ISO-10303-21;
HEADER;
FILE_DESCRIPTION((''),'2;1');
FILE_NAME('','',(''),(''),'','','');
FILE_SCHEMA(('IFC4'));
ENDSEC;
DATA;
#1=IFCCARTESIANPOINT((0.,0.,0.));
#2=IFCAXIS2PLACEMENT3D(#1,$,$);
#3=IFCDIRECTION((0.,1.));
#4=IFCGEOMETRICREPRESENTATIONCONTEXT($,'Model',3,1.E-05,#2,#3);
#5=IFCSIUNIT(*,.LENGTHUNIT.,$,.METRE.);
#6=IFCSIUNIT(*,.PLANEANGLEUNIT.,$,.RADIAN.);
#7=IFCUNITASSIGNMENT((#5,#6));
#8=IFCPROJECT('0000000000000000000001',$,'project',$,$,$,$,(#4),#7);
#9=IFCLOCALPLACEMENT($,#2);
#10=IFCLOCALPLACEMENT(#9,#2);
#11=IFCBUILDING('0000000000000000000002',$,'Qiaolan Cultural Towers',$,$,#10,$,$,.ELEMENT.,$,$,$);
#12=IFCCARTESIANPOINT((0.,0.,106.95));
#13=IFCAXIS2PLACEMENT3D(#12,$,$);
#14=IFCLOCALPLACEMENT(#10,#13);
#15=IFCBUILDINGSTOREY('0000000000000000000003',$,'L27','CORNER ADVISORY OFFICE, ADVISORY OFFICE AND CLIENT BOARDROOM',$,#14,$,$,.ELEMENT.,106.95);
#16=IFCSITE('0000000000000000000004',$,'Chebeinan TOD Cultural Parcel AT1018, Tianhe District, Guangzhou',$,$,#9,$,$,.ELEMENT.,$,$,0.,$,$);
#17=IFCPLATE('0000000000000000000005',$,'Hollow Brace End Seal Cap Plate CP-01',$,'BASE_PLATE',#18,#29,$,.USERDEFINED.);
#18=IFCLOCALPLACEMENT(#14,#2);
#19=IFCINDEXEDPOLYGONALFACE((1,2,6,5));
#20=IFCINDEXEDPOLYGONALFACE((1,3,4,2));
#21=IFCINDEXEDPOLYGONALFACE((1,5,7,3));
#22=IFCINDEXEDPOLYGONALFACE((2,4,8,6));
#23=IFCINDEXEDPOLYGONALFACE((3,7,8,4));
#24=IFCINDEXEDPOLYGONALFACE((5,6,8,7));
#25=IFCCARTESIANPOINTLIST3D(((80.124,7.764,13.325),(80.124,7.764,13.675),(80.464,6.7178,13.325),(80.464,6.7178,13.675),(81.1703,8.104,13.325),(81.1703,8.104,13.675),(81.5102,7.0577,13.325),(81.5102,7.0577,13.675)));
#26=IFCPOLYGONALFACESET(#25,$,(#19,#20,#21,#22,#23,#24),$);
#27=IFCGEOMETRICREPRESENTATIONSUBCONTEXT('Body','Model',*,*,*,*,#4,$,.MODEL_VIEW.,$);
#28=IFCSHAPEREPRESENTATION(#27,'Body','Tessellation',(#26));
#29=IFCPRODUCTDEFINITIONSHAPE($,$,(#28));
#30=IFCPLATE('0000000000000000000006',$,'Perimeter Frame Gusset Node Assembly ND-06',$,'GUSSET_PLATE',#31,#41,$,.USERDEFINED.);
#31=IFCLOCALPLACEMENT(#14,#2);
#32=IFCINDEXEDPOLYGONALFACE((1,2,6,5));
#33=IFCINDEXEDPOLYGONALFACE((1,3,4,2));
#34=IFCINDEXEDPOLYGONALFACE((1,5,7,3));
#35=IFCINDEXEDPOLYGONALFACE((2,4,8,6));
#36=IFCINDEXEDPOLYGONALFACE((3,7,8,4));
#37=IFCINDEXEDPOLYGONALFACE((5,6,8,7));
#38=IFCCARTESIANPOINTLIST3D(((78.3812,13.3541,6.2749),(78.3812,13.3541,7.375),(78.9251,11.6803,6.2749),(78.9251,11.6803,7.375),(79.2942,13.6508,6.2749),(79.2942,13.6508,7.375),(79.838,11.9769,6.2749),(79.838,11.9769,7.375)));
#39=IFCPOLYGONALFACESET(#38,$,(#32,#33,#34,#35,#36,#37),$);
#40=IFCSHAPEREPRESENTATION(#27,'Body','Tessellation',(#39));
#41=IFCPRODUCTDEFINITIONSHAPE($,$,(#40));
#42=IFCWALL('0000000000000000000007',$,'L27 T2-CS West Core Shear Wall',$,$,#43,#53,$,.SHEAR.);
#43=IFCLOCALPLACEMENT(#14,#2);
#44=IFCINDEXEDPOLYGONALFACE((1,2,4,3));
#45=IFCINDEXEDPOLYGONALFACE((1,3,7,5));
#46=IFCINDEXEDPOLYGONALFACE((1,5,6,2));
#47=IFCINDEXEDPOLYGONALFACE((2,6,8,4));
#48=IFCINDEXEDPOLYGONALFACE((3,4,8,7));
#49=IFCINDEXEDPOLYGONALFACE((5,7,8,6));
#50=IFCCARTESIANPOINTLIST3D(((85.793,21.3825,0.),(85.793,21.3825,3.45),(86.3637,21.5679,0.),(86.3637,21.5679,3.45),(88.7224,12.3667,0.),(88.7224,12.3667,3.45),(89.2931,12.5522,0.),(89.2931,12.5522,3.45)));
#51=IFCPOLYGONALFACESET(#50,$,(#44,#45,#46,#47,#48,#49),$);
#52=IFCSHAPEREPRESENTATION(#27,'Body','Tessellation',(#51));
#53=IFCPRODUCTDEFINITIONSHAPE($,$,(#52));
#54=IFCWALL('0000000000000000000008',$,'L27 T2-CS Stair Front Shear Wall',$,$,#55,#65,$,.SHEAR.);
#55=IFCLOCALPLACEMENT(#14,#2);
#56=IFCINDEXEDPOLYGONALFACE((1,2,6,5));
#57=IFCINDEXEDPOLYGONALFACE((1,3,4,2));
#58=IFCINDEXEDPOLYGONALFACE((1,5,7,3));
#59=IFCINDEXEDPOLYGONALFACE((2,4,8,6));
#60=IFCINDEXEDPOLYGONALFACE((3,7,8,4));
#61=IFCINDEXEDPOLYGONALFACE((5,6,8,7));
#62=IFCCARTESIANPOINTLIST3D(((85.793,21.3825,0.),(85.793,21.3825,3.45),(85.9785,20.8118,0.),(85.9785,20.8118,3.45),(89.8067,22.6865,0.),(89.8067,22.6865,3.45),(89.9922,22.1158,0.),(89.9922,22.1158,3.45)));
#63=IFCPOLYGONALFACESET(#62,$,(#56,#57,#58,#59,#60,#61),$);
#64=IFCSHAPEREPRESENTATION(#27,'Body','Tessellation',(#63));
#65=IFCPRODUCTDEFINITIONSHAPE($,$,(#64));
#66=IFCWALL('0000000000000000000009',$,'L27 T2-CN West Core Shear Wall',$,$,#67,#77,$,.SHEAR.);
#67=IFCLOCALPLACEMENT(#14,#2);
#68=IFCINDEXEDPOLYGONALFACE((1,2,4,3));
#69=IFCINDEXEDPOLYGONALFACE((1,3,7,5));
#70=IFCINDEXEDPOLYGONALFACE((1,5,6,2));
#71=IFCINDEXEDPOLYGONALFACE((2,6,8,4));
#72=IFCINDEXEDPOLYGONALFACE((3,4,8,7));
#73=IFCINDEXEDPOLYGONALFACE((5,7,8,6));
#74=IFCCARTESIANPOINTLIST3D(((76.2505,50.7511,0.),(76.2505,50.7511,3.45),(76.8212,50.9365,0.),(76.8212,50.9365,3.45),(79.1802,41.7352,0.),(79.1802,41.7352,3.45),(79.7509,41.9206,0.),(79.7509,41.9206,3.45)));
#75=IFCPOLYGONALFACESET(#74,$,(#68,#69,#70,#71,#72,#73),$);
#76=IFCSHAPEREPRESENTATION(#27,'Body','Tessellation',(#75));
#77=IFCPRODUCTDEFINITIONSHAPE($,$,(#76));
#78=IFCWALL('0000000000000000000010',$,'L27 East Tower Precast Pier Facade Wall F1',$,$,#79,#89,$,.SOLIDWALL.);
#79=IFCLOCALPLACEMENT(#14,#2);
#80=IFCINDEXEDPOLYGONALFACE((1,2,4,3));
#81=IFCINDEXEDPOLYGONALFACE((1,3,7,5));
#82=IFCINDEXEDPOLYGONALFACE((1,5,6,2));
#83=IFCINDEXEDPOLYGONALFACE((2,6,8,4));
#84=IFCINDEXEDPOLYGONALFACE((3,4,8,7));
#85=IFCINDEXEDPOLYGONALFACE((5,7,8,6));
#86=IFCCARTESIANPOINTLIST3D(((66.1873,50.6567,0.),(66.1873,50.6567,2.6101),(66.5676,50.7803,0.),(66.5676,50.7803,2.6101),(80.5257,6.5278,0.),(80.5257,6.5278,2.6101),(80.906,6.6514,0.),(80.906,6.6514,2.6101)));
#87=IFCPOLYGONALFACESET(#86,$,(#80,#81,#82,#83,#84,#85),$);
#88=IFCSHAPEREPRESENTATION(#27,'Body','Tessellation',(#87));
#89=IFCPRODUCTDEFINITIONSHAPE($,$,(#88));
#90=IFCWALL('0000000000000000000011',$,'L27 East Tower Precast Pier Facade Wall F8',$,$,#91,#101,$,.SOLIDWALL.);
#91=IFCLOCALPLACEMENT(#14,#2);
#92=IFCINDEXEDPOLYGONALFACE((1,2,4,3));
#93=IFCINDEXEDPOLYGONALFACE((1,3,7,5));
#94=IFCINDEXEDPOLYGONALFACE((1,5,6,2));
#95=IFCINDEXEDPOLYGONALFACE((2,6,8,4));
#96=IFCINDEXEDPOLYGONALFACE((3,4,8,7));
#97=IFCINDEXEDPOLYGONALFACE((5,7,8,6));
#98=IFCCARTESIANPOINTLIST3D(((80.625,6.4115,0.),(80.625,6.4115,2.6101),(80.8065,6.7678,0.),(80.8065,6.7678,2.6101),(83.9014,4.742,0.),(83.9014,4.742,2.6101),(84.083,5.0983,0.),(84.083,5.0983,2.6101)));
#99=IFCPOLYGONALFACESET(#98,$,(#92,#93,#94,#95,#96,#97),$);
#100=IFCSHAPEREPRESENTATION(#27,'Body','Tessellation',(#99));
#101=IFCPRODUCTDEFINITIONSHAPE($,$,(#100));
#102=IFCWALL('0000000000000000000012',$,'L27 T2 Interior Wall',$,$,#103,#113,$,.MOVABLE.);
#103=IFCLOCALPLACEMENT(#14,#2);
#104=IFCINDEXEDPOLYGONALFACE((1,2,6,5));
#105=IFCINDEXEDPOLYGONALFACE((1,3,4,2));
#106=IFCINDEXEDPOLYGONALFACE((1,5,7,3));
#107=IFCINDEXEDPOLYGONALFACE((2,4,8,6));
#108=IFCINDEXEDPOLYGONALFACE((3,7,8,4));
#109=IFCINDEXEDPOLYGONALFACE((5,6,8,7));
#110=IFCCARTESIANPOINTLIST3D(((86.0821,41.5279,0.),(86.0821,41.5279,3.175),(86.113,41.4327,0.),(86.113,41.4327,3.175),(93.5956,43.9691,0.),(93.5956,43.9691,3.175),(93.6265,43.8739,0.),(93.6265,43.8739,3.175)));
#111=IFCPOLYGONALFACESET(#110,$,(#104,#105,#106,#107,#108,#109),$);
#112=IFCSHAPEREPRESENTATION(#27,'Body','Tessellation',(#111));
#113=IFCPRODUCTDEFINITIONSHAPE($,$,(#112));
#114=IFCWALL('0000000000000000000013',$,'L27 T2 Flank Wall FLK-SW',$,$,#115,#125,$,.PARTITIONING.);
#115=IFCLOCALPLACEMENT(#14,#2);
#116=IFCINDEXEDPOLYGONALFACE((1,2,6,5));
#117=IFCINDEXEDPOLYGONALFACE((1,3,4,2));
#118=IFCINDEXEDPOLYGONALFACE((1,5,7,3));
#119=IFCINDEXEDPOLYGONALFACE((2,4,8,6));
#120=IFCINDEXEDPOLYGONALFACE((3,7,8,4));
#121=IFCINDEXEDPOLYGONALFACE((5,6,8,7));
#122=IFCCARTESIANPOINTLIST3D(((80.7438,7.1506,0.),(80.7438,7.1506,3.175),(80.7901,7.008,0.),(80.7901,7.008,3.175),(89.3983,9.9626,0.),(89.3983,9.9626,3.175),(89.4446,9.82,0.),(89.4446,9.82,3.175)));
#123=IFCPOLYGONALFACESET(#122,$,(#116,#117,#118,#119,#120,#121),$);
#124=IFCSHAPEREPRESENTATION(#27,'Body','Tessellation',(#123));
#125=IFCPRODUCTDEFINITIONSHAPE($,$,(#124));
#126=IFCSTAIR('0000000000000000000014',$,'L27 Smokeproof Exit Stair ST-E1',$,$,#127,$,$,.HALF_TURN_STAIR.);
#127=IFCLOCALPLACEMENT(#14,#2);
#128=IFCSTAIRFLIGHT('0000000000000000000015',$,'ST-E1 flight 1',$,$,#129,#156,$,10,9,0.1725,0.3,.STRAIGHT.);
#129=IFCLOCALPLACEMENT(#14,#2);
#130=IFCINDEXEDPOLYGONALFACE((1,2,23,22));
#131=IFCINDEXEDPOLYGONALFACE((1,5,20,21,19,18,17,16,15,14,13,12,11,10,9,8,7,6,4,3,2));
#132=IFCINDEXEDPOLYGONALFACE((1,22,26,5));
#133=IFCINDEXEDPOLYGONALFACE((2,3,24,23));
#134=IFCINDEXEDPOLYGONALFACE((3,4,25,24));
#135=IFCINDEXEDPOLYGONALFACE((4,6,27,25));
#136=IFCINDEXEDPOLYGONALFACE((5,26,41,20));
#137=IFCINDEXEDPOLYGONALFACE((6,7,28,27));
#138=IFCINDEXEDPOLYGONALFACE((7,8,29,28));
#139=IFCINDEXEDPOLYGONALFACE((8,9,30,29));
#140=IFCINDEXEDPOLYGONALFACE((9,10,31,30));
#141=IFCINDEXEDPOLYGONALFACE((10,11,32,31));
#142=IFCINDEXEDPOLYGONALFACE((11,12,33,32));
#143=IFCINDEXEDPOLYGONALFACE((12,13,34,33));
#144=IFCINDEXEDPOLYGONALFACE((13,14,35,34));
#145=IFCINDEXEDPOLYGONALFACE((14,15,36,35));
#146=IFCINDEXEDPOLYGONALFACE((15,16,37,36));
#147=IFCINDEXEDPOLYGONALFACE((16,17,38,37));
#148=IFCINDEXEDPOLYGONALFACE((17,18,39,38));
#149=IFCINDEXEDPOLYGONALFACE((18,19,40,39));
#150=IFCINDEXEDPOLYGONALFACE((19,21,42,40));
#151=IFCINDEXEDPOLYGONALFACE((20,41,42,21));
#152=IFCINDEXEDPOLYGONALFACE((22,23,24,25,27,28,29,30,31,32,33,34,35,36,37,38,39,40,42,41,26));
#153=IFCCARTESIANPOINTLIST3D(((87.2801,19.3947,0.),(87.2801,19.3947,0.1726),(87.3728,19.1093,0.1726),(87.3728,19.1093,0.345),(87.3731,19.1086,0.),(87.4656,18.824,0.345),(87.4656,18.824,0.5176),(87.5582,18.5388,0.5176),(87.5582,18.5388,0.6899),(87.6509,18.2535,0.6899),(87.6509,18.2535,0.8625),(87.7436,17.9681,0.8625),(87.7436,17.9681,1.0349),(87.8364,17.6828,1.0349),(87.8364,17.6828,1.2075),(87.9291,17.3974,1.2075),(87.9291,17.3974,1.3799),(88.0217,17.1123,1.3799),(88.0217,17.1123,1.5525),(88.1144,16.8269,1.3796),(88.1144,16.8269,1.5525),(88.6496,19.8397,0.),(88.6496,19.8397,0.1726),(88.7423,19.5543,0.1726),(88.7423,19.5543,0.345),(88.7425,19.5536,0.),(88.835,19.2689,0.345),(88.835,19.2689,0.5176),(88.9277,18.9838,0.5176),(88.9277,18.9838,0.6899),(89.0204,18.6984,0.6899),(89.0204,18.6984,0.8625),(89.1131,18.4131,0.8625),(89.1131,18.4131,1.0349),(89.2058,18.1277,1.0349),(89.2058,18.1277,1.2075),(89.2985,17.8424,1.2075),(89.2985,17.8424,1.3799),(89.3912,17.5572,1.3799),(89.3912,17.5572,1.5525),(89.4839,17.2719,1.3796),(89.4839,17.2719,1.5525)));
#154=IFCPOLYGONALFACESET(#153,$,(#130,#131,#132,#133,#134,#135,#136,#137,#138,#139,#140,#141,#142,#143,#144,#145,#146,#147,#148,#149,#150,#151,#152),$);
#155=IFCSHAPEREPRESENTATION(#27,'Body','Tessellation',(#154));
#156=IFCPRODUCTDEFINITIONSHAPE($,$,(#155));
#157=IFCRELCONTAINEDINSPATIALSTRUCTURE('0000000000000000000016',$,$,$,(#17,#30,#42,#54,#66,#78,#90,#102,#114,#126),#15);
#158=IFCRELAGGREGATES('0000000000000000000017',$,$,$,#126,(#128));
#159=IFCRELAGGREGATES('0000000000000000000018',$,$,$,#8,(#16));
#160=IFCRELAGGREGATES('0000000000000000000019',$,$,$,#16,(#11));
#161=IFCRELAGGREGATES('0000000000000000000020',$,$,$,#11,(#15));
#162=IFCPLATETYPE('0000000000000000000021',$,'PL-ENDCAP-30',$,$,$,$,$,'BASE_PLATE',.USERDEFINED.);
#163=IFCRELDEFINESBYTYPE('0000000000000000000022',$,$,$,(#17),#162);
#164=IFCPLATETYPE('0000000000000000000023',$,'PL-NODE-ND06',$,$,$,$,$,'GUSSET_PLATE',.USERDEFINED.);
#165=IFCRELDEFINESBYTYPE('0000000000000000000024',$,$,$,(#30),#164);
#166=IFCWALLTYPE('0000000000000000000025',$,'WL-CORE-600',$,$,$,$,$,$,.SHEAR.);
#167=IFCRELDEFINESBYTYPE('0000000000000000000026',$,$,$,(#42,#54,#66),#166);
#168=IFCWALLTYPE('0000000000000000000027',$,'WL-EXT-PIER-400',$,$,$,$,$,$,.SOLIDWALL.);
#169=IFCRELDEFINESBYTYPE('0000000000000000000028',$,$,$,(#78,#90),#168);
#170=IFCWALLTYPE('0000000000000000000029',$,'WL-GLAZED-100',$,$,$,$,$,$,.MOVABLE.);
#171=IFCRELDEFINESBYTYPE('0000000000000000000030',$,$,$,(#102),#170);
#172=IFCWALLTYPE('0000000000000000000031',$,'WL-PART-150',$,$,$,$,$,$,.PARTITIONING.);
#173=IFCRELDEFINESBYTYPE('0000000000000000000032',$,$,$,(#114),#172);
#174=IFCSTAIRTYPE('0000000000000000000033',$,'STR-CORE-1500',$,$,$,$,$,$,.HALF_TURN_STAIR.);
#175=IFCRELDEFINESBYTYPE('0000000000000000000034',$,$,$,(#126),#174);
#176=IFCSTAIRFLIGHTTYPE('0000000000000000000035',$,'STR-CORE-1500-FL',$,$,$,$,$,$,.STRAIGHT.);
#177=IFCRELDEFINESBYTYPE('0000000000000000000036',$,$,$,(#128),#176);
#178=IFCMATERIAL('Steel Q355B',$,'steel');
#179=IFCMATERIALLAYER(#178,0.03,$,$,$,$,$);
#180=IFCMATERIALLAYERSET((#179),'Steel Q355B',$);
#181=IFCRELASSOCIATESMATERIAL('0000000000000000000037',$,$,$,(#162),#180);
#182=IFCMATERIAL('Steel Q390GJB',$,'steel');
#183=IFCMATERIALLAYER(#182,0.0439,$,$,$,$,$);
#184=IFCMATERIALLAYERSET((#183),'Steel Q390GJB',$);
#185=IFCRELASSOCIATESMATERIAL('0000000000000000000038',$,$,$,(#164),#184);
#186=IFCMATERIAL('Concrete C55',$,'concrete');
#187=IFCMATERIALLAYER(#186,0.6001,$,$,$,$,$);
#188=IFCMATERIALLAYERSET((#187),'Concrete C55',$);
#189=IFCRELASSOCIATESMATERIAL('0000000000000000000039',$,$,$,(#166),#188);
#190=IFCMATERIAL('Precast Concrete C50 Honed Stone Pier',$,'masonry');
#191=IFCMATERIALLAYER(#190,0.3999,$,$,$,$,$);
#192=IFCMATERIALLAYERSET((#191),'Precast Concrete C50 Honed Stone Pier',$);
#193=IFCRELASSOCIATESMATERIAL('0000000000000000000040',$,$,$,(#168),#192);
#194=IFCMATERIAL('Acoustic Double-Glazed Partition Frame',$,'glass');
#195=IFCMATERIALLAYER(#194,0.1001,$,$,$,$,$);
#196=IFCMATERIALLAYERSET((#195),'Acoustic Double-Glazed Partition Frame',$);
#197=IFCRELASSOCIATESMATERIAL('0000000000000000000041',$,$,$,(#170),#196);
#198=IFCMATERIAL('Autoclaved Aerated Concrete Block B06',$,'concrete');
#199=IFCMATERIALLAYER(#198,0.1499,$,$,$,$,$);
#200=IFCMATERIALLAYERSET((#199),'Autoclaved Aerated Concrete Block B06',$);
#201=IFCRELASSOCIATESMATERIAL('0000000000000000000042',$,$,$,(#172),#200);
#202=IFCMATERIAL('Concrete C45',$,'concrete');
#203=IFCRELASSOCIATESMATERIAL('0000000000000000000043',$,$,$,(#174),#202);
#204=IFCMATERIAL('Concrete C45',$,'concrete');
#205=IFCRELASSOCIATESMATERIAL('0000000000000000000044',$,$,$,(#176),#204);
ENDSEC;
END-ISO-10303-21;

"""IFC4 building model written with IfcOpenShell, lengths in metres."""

from ifc_helpers import new_model, si_unit, direction, frame, frame_2d, origin, origin_2d, place, context, subcontext, project, spatial, polyline, rectangle, outline, extrude, material, layer, layer_set, type_object, element, aggregate, save


model = new_model("IFC4")

# Units and contexts
model_context = context("Model", 3, precision=1e-05, world=origin(), true_north=direction((0.0, 1.0)))
body_context = subcontext(model_context, "Body", "Model", "MODEL_VIEW")
ifc_project = project(units=[si_unit("LENGTHUNIT", "METRE"), si_unit("PLANEANGLEUNIT", "RADIAN")], contexts=[model_context])

# Site, building, storey
site_placement = place(None, origin())
site = spatial("IfcSite", under=ifc_project, at=site_placement, Name="Chebeinan TOD Cultural Parcel AT1018, Tianhe District, Guangzhou", CompositionType="ELEMENT", RefElevation=0.0)
building_placement = place(site_placement, origin())
building = spatial("IfcBuilding", under=site, at=building_placement, Name="Qiaolan Cultural Towers", CompositionType="ELEMENT")
storey_placement = place(building_placement, frame((0.0, 0.0, 106.95)))
storey = spatial("IfcBuildingStorey", under=building, at=storey_placement, Name="L27", Description="CORNER ADVISORY OFFICE, ADVISORY OFFICE AND CLIENT BOARDROOM", CompositionType="ELEMENT", Elevation=106.95)

# Plates
ifc_material_1 = material(Name="Steel Q355B", Category="steel")
ifc_layer_1 = layer(ifc_material_1, 0.03)
ifc_layer_set_1 = layer_set([ifc_layer_1], Name="Steel Q355B")
plate_type_1 = type_object("IfcPlateType", Name="PL-ENDCAP-30", ElementType="BASE_PLATE", PredefinedType="USERDEFINED", material=ifc_layer_set_1)
for number, where, z_axis, x_axis, name in (
    (1, (80.8171, 7.4109, 13.325), (0.0, 0.0, 1.0), (-0.309017, 0.951057, 0.0), "Hollow Brace End Seal Cap Plate CP-01"),
):
    element("IfcPlate", number, at=place(storey_placement, frame(where, z_axis=z_axis, x_axis=x_axis)), inside=storey, type_object=plate_type_1, Name=name, ObjectType="BASE_PLATE", PredefinedType="USERDEFINED", context=body_context, shape_type="SweptSolid", body=[
        extrude(rectangle(XDim=1.1001, YDim=1.1001, at=origin_2d()), origin(), (0.0, 0.0, 1.0), 0.3501),
    ])
ifc_material_2 = material(Name="Steel Q390GJB", Category="steel")
ifc_layer_2 = layer(ifc_material_2, 0.0439)
ifc_layer_set_2 = layer_set([ifc_layer_2], Name="Steel Q390GJB")
plate_type_2 = type_object("IfcPlateType", Name="PL-NODE-ND06", ElementType="GUSSET_PLATE", PredefinedType="USERDEFINED", material=ifc_layer_set_2)
plate_1_placement = place(storey_placement, frame((79.1096, 12.6655, 6.2749), z_axis=(0.0, 0.0, 1.0), x_axis=(-0.309017, 0.951057, 0.0)))
element("IfcPlate", 2, at=plate_1_placement, inside=storey, type_object=plate_type_2, Name="Perimeter Frame Gusset Node Assembly ND-06", ObjectType="GUSSET_PLATE", PredefinedType="USERDEFINED", context=body_context, shape_type="SweptSolid", body=[
    extrude(rectangle(XDim=1.76, YDim=0.96, at=origin_2d()), origin(), (0.0, 0.0, 1.0), 1.1001),
])

# Walls
ifc_material_3 = material(Name="Concrete C55", Category="concrete")
ifc_layer_3 = layer(ifc_material_3, 0.6001)
ifc_layer_set_3 = layer_set([ifc_layer_3], Name="Concrete C55")
wall_type_1 = type_object("IfcWallType", Name="WL-CORE-600", PredefinedType="SHEAR", material=ifc_layer_set_3)
wall_1_placement = place(storey_placement, frame((86.0784, 21.4751, 0.0), z_axis=(0.0, 0.0, 1.0), x_axis=(0.309018, -0.951056, 0.0)))
element("IfcWall", 3, at=wall_1_placement, inside=storey, type_object=wall_type_1, Name="L27 T2-CS West Core Shear Wall", PredefinedType="SHEAR", context=body_context, shape_type="SweptSolid", body=[
    extrude(rectangle(XDim=9.4797, YDim=0.6001, at=frame_2d((4.7397, 0.0))), origin(), (0.0, 0.0, 1.0), 3.45),
])
wall_2_placement = place(storey_placement, frame((85.8857, 21.0972, 0.0), z_axis=(0.0, 0.0, 1.0), x_axis=(0.951068, 0.308981, 0.0)))
element("IfcWall", 4, at=wall_2_placement, inside=storey, type_object=wall_type_1, Name="L27 T2-CS Stair Front Shear Wall", PredefinedType="SHEAR", context=body_context, shape_type="SweptSolid", body=[
    extrude(rectangle(XDim=4.2202, YDim=0.6001, at=frame_2d((2.1101, 0.0))), origin(), (0.0, 0.0, 1.0), 3.45),
])
wall_3_placement = place(storey_placement, frame((79.4656, 41.8279, 0.0), z_axis=(0.0, 0.0, 1.0), x_axis=(-0.309041, 0.951049, 0.0)))
element("IfcWall", 5, at=wall_3_placement, inside=storey, type_object=wall_type_1, Name="L27 T2-CN West Core Shear Wall", PredefinedType="SHEAR", context=body_context, shape_type="SweptSolid", body=[
    extrude(rectangle(XDim=9.48, YDim=0.6001, at=frame_2d((4.74, 0.0))), origin(), (0.0, 0.0, 1.0), 3.45),
])
ifc_material_4 = material(Name="Precast Concrete C50 Honed Stone Pier", Category="masonry")
ifc_layer_4 = layer(ifc_material_4, 0.3999)
ifc_layer_set_4 = layer_set([ifc_layer_4], Name="Precast Concrete C50 Honed Stone Pier")
wall_type_2 = type_object("IfcWallType", Name="WL-EXT-PIER-400", PredefinedType="SOLIDWALL", material=ifc_layer_set_4)
wall_4_placement = place(storey_placement, frame((80.7158, 6.5896, 0.0), z_axis=(0.0, 0.0, 1.0), x_axis=(-0.309018, 0.951056, 0.0)))
element("IfcWall", 6, at=wall_4_placement, inside=storey, type_object=wall_type_2, Name="L27 East Tower Precast Pier Facade Wall F1", PredefinedType="SOLIDWALL", context=body_context, shape_type="SweptSolid", body=[
    extrude(rectangle(XDim=46.3999, YDim=0.3999, at=frame_2d((23.2, 0.0))), origin(), (0.0, 0.0, 1.0), 2.6101),
])
wall_5_placement = place(storey_placement, frame((83.9922, 4.9202, 0.0), z_axis=(0.0, 0.0, 1.0), x_axis=(-0.891002, 0.453999, 0.0)))
element("IfcWall", 7, at=wall_5_placement, inside=storey, type_object=wall_type_2, Name="L27 East Tower Precast Pier Facade Wall F8", PredefinedType="SOLIDWALL", context=body_context, shape_type="SweptSolid", body=[
    extrude(rectangle(XDim=3.6772, YDim=0.3999, at=frame_2d((1.8386, 0.0))), origin(), (0.0, 0.0, 1.0), 2.6101),
])
ifc_material_5 = material(Name="Acoustic Double-Glazed Partition Frame", Category="glass")
ifc_layer_5 = layer(ifc_material_5, 0.1001)
ifc_layer_set_5 = layer_set([ifc_layer_5], Name="Acoustic Double-Glazed Partition Frame")
wall_type_3 = type_object("IfcWallType", Name="WL-GLAZED-100", PredefinedType="MOVABLE", material=ifc_layer_set_5)
wall_6_placement = place(storey_placement, frame((86.0974, 41.4802, 0.0), z_axis=(0.0, 0.0, 1.0), x_axis=(0.95106, 0.309006, 0.0)))
element("IfcWall", 8, at=wall_6_placement, inside=storey, type_object=wall_type_3, Name="L27 T2 Interior Wall", PredefinedType="MOVABLE", context=body_context, shape_type="SweptSolid", body=[
    extrude(rectangle(XDim=7.9001, YDim=0.1001, at=frame_2d((3.9502, 0.0))), origin(), (0.0, 0.0, 1.0), 3.175),
])
ifc_material_6 = material(Name="Autoclaved Aerated Concrete Block B06", Category="concrete")
ifc_layer_6 = layer(ifc_material_6, 0.1499)
ifc_layer_set_6 = layer_set([ifc_layer_6], Name="Autoclaved Aerated Concrete Block B06")
wall_type_4 = type_object("IfcWallType", Name="WL-PART-150", PredefinedType="PARTITIONING", material=ifc_layer_set_6)
wall_7_placement = place(storey_placement, frame((80.7671, 7.0793, 0.0), z_axis=(0.0, 0.0, 1.0), x_axis=(0.951057, 0.309015, 0.0)))
element("IfcWall", 9, at=wall_7_placement, inside=storey, type_object=wall_type_4, Name="L27 T2 Flank Wall FLK-SW", PredefinedType="PARTITIONING", context=body_context, shape_type="SweptSolid", body=[
    extrude(rectangle(XDim=9.0999, YDim=0.1499, at=frame_2d((4.5498, 0.0))), origin(), (0.0, 0.0, 1.0), 3.175),
])

# Stair, stair flight
ifc_material_7 = material(Name="Concrete C45", Category="concrete")
stair_type = type_object("IfcStairType", Name="STR-CORE-1500", PredefinedType="HALF_TURN_STAIR", material=ifc_material_7)
stair_placement = place(storey_placement, origin())
stair = element("IfcStair", 10, at=stair_placement, inside=storey, type_object=stair_type, Name="L27 Smokeproof Exit Stair ST-E1", PredefinedType="HALF_TURN_STAIR")
ifc_material_8 = material(Name="Concrete C45", Category="concrete")
stair_flight_type = type_object("IfcStairFlightType", Name="STR-CORE-1500-FL", PredefinedType="STRAIGHT", material=ifc_material_8)
stair_flight_placement = place(storey_placement, frame((87.9648, 19.6172, 0.0), z_axis=(0.0, 0.0, 1.0), x_axis=(0.309017, -0.951057, 0.0)))
stair_flight = element("IfcStairFlight", 11, at=stair_flight_placement, type_object=stair_flight_type, Name="ST-E1 flight 1", NumberOfRisers=10, NumberOfTreads=9, PredefinedType="STRAIGHT", RiserHeight=0.1725, TreadLength=0.3, context=body_context, shape_type="SweptSolid", body=[
    extrude(outline(polyline([(0.0, 0.0), (0.0, 0.1726), (0.3, 0.1726), (0.3, 0.345), (0.6001, 0.345), (0.6001, 0.5176), (0.8999, 0.5176), (0.8999, 0.6899), (1.2, 0.6899), (1.2, 0.8625), (1.5, 0.8625), (1.5, 1.0349), (1.8, 1.0349), (1.8, 1.2075), (2.1001, 1.2075), (2.1001, 1.3799), (2.3999, 1.3799), (2.3999, 1.5525), (2.7, 1.5525), (2.7, 1.7251), (2.7, 1.3796), (0.3008, 0.0), (0.0, 0.0)])), frame((0.0, 0.72, 0.0), z_axis=(0.0, -1.0, 0.0), x_axis=(1.0, 0.0, 0.0)), (0.0, 0.0, 1.0), 1.4399),
])
aggregate(stair, [stair_flight])

save(model, "model.ifc")
